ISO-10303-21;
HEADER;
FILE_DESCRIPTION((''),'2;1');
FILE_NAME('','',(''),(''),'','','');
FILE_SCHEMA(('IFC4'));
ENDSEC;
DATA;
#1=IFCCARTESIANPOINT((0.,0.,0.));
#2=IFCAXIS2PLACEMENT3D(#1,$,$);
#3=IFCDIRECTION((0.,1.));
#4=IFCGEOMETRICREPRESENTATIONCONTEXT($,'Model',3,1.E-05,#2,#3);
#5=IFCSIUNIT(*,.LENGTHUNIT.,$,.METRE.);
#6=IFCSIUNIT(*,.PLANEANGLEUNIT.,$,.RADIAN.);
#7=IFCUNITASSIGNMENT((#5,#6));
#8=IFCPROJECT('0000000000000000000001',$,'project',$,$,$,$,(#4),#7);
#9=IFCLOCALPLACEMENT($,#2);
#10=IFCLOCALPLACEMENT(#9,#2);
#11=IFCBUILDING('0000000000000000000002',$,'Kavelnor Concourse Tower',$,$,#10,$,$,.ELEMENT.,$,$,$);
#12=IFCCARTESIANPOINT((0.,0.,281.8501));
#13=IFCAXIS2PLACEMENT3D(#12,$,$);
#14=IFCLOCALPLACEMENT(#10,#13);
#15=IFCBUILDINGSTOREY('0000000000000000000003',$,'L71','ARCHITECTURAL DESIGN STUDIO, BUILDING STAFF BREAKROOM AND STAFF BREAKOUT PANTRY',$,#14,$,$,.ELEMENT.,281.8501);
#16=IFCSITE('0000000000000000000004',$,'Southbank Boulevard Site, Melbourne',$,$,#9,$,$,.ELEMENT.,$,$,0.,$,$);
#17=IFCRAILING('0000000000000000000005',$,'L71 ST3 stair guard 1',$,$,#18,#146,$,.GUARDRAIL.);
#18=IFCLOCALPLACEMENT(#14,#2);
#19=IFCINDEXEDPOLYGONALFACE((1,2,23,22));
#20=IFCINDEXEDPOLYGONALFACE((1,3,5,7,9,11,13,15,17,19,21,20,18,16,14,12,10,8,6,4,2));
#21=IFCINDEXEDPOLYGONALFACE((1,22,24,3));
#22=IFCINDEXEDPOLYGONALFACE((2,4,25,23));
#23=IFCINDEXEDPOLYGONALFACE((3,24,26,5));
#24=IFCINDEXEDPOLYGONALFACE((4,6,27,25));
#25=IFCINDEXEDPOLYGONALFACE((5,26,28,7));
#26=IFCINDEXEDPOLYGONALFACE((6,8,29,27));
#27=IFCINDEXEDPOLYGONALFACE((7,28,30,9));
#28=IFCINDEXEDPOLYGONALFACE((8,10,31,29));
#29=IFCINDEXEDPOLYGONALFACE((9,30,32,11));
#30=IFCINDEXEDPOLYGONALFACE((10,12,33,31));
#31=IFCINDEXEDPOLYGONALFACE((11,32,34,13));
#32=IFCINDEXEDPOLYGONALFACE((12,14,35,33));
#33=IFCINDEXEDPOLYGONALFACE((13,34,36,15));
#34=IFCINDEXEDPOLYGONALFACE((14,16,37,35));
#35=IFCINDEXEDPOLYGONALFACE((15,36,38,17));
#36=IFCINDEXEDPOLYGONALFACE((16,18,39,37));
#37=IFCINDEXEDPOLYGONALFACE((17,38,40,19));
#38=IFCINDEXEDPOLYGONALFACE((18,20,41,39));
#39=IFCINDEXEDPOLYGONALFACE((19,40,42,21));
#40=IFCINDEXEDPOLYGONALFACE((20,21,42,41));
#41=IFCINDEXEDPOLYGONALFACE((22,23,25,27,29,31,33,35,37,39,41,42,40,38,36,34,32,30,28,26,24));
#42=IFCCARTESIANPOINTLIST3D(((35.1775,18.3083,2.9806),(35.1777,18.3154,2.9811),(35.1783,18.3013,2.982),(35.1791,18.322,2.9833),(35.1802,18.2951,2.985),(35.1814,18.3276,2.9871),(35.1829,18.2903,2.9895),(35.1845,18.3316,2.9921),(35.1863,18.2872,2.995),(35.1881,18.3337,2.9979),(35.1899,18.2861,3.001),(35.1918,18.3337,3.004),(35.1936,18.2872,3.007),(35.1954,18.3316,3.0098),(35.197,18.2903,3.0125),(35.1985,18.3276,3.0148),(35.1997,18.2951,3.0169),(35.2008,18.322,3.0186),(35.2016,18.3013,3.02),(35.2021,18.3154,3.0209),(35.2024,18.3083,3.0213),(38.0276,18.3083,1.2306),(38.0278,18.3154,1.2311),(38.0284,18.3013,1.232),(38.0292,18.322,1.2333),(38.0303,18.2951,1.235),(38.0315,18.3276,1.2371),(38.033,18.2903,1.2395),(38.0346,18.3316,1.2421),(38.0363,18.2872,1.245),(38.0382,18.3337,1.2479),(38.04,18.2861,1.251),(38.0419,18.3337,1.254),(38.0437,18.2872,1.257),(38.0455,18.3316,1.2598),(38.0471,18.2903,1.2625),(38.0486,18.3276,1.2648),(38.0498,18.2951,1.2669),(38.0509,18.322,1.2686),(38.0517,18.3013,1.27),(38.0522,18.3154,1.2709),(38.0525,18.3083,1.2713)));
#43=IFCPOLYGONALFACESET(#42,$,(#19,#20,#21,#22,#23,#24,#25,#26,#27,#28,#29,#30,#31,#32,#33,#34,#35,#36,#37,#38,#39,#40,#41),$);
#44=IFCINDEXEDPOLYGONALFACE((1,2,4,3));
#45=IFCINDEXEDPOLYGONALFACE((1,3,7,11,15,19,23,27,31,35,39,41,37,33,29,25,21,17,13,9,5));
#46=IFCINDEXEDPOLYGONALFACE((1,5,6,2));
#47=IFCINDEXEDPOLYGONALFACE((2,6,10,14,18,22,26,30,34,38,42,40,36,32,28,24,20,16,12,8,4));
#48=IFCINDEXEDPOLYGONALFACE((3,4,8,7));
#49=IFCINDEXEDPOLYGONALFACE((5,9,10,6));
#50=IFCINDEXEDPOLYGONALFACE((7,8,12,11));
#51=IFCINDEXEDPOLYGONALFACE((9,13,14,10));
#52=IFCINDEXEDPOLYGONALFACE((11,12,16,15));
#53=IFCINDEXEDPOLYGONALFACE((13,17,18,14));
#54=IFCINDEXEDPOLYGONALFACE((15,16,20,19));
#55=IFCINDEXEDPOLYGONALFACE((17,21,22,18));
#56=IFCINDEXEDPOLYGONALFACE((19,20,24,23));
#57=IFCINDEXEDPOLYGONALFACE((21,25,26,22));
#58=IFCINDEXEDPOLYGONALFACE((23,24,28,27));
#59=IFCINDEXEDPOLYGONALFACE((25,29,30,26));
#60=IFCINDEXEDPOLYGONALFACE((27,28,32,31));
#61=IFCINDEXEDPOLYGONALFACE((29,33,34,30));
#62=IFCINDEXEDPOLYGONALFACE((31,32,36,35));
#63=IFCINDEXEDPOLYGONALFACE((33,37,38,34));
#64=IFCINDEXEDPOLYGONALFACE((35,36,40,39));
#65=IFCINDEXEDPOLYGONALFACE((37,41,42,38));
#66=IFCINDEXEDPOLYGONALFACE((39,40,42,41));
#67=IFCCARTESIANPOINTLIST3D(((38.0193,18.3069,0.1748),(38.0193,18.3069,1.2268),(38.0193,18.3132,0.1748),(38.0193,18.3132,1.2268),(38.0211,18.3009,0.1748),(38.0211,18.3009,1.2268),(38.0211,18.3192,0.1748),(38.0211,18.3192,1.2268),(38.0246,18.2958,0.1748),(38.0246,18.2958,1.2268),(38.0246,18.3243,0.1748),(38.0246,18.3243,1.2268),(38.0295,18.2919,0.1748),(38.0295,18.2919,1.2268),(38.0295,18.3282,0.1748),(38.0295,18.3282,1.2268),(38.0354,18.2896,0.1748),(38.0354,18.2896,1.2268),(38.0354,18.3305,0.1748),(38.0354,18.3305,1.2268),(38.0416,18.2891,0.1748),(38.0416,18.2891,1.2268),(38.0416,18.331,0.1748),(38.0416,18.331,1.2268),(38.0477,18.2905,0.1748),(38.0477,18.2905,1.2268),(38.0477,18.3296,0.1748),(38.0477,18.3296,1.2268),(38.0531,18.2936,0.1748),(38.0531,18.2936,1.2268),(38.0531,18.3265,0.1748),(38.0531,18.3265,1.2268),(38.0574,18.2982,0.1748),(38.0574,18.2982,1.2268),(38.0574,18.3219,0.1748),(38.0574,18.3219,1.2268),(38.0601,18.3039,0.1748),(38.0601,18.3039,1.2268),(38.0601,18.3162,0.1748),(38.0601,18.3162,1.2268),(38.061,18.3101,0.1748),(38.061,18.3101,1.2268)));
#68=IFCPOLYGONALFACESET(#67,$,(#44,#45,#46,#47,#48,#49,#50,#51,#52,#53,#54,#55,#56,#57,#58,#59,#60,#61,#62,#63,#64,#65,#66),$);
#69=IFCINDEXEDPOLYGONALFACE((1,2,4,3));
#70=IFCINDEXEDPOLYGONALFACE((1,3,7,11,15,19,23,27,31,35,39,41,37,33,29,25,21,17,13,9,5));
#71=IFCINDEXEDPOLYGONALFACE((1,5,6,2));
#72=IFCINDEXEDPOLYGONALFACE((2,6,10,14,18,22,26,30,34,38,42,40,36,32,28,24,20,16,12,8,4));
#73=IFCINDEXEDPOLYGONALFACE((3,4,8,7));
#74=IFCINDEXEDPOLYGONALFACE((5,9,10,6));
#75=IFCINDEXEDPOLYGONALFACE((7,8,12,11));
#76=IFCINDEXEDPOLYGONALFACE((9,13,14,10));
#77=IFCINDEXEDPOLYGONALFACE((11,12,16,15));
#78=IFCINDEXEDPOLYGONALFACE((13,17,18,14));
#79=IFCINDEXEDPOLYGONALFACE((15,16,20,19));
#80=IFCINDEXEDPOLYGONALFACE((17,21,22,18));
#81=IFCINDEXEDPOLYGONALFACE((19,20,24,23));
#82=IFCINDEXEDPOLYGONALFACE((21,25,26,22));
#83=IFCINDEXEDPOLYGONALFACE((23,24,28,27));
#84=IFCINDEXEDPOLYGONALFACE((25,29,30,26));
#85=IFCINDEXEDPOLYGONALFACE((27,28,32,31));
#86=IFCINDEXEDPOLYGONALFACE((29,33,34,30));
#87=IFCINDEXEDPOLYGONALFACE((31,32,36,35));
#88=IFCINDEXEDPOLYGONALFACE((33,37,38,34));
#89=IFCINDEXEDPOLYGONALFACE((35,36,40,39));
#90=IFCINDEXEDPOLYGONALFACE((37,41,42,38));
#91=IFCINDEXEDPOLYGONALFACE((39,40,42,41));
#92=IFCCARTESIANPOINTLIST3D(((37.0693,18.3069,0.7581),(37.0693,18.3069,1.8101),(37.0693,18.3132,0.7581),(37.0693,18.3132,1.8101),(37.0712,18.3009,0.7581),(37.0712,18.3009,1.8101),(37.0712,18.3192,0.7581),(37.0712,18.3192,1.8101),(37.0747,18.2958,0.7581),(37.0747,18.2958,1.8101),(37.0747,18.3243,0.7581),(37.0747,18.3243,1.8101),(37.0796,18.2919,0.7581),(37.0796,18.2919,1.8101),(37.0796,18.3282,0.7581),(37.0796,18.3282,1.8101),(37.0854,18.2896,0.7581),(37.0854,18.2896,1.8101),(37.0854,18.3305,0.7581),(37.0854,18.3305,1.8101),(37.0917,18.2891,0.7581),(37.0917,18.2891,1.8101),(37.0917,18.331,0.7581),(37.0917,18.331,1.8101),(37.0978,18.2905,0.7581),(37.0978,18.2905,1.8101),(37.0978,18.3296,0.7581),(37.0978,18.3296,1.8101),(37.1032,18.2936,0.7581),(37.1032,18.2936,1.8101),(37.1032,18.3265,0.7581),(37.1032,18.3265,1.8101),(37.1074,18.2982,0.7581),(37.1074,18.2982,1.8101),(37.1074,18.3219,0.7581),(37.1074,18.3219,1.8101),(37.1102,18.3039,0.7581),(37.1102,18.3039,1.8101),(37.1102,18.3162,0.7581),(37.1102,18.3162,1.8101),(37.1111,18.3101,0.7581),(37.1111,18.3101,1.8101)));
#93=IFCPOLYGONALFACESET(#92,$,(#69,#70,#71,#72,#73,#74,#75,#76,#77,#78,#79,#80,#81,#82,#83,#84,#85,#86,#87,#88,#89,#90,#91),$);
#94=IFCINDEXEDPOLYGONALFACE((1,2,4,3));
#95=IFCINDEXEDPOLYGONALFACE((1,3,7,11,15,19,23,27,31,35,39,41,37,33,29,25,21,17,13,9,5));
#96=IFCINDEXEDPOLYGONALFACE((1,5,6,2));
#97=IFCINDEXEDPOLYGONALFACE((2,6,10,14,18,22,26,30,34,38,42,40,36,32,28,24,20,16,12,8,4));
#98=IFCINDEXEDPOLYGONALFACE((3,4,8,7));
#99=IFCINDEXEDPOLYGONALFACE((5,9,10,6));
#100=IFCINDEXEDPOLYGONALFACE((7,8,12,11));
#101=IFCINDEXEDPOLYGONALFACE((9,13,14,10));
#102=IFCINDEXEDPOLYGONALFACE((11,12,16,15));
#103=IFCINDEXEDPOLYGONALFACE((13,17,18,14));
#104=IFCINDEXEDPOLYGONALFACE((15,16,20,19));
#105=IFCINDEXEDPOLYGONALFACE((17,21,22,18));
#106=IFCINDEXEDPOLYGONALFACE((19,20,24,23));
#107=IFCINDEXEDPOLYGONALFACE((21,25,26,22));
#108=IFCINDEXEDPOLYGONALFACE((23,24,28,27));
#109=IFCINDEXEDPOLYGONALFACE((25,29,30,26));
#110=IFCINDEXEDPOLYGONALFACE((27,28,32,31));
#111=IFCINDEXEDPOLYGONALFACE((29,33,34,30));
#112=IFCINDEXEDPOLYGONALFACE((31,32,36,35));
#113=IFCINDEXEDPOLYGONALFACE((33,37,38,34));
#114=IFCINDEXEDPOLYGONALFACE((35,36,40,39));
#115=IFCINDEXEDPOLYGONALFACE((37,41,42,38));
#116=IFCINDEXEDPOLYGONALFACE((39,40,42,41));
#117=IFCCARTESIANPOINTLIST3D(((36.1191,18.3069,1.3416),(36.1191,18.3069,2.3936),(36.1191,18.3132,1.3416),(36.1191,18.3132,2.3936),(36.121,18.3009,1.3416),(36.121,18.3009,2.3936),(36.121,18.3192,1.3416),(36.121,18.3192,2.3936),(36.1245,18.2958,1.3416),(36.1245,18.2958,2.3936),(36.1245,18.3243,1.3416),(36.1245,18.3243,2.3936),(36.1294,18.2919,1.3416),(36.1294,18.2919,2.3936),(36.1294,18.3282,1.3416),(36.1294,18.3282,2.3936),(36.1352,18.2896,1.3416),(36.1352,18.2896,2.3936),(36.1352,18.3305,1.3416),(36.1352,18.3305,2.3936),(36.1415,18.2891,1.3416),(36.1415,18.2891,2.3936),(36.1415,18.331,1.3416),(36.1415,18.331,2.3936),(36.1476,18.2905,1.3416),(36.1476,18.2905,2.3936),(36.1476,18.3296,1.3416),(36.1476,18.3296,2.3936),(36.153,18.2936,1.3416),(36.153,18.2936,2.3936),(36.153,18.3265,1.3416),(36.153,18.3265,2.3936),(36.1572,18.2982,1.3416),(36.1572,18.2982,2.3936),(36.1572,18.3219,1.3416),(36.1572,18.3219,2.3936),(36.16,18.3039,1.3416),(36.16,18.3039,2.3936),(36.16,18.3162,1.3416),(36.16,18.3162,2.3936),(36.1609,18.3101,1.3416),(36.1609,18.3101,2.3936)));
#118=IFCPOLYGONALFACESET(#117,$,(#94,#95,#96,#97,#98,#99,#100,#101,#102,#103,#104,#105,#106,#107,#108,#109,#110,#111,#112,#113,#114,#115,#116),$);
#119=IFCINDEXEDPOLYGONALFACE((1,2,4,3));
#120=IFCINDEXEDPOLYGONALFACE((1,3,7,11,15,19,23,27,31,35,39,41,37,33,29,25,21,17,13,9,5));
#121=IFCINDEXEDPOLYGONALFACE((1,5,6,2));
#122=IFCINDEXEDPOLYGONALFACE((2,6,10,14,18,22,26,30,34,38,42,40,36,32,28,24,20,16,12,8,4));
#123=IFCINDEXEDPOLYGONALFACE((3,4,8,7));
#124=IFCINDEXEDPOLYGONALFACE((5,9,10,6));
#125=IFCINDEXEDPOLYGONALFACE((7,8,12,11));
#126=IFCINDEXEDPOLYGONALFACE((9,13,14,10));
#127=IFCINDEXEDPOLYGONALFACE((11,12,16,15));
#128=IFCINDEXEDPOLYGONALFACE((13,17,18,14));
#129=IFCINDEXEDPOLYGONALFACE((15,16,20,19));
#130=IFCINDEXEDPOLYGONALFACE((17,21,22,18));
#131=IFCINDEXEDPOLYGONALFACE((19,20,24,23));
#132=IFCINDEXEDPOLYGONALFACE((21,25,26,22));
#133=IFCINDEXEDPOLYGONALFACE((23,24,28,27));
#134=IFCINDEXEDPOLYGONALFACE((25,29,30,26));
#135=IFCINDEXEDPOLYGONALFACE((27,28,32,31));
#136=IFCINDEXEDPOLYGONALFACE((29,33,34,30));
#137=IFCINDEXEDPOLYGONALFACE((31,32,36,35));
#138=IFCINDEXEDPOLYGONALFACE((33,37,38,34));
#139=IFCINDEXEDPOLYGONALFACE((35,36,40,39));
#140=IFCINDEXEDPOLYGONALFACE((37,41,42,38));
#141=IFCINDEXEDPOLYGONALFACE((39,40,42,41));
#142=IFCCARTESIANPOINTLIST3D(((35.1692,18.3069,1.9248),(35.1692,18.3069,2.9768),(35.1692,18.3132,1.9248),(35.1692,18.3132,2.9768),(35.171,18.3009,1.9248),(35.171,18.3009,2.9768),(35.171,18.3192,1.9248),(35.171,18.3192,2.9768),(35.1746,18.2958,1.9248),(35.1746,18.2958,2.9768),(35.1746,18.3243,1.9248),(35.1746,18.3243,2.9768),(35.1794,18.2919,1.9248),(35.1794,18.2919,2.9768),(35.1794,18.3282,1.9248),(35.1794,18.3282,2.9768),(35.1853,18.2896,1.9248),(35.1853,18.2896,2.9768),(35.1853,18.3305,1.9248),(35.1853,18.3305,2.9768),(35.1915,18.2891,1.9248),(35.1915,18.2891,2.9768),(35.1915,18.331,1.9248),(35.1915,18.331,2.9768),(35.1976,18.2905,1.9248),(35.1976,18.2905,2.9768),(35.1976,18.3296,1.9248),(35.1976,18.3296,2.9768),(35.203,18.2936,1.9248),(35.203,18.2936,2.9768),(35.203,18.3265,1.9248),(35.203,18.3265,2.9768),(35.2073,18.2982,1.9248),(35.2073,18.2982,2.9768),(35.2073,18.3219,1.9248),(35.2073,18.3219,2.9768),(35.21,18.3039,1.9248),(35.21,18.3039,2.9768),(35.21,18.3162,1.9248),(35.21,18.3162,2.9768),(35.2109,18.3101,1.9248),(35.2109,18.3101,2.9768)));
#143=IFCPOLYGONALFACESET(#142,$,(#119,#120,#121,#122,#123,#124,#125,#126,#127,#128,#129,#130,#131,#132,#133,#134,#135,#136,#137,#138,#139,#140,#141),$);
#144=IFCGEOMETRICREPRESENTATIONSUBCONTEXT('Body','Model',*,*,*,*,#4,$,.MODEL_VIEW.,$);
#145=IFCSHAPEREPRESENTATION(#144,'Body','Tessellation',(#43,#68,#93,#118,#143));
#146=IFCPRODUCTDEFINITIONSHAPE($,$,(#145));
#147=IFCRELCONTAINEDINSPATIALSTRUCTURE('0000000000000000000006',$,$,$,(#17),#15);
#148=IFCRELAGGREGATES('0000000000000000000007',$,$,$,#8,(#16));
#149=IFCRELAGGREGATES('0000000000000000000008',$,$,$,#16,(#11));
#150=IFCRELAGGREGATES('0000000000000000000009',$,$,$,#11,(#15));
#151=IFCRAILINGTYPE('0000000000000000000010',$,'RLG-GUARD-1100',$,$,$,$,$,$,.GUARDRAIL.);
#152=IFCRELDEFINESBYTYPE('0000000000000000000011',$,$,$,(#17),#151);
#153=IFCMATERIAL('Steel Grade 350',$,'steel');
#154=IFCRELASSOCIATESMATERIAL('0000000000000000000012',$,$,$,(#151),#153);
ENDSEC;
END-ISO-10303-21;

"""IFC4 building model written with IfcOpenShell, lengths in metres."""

from ifc_helpers import new_model, si_unit, direction, frame, origin, origin_2d, place, context, subcontext, project, spatial, circle, extrude, material, type_object, element, save


model = new_model("IFC4")

# Units and contexts
model_context = context("Model", 3, precision=1e-05, world=origin(), true_north=direction((0.0, 1.0)))
body_context = subcontext(model_context, "Body", "Model", "MODEL_VIEW")
ifc_project = project(units=[si_unit("LENGTHUNIT", "METRE"), si_unit("PLANEANGLEUNIT", "RADIAN")], contexts=[model_context])

# Site, building, storey
site_placement = place(None, origin())
site = spatial("IfcSite", under=ifc_project, at=site_placement, Name="Southbank Boulevard Site, Melbourne", CompositionType="ELEMENT", RefElevation=0.0)
building_placement = place(site_placement, origin())
building = spatial("IfcBuilding", under=site, at=building_placement, Name="Kavelnor Concourse Tower", CompositionType="ELEMENT")
storey_placement = place(building_placement, frame((0.0, 0.0, 281.8501)))
storey = spatial("IfcBuildingStorey", under=building, at=storey_placement, Name="L71", Description="ARCHITECTURAL DESIGN STUDIO, BUILDING STAFF BREAKROOM AND STAFF BREAKOUT PANTRY", CompositionType="ELEMENT", Elevation=281.8501)

# Shared definitions
ifc_material_1 = material(Name="Steel Grade 350", Category="steel")

# Railing
railing_type_1 = type_object("IfcRailingType", Name="RLG-GUARD-1100", PredefinedType="GUARDRAIL", material=ifc_material_1)
railing_1_placement = place(storey_placement, frame((38.04, 18.3101, 0.1748)))
element("IfcRailing", 1, at=railing_1_placement, inside=storey, type_object=railing_type_1, Name="L71 ST3 stair guard 1", PredefinedType="GUARDRAIL", context=body_context, shape_type="SweptSolid", body=[
    extrude(circle(Radius=0.0239, at=origin_2d()), frame((0.0, 0.0, 1.0762), z_axis=(-0.852179, 0.0, 0.52325), x_axis=(0.0, -1.0, 0.0)), (0.0, 0.0, 1.0), 3.3445),
    extrude(circle(Radius=0.021, at=origin_2d()), origin(), (0.0, 0.0, 1.0), 1.052),
    extrude(circle(Radius=0.021, at=origin_2d()), frame((-0.95, 0.0, 0.5833)), (0.0, 0.0, 1.0), 1.052),
    extrude(circle(Radius=0.021, at=origin_2d()), frame((-1.9001, 0.0, 1.1667)), (0.0, 0.0, 1.0), 1.052),
    extrude(circle(Radius=0.021, at=origin_2d()), frame((-2.8501, 0.0, 1.75)), (0.0, 0.0, 1.0), 1.052),
])

save(model, "model.ifc")
